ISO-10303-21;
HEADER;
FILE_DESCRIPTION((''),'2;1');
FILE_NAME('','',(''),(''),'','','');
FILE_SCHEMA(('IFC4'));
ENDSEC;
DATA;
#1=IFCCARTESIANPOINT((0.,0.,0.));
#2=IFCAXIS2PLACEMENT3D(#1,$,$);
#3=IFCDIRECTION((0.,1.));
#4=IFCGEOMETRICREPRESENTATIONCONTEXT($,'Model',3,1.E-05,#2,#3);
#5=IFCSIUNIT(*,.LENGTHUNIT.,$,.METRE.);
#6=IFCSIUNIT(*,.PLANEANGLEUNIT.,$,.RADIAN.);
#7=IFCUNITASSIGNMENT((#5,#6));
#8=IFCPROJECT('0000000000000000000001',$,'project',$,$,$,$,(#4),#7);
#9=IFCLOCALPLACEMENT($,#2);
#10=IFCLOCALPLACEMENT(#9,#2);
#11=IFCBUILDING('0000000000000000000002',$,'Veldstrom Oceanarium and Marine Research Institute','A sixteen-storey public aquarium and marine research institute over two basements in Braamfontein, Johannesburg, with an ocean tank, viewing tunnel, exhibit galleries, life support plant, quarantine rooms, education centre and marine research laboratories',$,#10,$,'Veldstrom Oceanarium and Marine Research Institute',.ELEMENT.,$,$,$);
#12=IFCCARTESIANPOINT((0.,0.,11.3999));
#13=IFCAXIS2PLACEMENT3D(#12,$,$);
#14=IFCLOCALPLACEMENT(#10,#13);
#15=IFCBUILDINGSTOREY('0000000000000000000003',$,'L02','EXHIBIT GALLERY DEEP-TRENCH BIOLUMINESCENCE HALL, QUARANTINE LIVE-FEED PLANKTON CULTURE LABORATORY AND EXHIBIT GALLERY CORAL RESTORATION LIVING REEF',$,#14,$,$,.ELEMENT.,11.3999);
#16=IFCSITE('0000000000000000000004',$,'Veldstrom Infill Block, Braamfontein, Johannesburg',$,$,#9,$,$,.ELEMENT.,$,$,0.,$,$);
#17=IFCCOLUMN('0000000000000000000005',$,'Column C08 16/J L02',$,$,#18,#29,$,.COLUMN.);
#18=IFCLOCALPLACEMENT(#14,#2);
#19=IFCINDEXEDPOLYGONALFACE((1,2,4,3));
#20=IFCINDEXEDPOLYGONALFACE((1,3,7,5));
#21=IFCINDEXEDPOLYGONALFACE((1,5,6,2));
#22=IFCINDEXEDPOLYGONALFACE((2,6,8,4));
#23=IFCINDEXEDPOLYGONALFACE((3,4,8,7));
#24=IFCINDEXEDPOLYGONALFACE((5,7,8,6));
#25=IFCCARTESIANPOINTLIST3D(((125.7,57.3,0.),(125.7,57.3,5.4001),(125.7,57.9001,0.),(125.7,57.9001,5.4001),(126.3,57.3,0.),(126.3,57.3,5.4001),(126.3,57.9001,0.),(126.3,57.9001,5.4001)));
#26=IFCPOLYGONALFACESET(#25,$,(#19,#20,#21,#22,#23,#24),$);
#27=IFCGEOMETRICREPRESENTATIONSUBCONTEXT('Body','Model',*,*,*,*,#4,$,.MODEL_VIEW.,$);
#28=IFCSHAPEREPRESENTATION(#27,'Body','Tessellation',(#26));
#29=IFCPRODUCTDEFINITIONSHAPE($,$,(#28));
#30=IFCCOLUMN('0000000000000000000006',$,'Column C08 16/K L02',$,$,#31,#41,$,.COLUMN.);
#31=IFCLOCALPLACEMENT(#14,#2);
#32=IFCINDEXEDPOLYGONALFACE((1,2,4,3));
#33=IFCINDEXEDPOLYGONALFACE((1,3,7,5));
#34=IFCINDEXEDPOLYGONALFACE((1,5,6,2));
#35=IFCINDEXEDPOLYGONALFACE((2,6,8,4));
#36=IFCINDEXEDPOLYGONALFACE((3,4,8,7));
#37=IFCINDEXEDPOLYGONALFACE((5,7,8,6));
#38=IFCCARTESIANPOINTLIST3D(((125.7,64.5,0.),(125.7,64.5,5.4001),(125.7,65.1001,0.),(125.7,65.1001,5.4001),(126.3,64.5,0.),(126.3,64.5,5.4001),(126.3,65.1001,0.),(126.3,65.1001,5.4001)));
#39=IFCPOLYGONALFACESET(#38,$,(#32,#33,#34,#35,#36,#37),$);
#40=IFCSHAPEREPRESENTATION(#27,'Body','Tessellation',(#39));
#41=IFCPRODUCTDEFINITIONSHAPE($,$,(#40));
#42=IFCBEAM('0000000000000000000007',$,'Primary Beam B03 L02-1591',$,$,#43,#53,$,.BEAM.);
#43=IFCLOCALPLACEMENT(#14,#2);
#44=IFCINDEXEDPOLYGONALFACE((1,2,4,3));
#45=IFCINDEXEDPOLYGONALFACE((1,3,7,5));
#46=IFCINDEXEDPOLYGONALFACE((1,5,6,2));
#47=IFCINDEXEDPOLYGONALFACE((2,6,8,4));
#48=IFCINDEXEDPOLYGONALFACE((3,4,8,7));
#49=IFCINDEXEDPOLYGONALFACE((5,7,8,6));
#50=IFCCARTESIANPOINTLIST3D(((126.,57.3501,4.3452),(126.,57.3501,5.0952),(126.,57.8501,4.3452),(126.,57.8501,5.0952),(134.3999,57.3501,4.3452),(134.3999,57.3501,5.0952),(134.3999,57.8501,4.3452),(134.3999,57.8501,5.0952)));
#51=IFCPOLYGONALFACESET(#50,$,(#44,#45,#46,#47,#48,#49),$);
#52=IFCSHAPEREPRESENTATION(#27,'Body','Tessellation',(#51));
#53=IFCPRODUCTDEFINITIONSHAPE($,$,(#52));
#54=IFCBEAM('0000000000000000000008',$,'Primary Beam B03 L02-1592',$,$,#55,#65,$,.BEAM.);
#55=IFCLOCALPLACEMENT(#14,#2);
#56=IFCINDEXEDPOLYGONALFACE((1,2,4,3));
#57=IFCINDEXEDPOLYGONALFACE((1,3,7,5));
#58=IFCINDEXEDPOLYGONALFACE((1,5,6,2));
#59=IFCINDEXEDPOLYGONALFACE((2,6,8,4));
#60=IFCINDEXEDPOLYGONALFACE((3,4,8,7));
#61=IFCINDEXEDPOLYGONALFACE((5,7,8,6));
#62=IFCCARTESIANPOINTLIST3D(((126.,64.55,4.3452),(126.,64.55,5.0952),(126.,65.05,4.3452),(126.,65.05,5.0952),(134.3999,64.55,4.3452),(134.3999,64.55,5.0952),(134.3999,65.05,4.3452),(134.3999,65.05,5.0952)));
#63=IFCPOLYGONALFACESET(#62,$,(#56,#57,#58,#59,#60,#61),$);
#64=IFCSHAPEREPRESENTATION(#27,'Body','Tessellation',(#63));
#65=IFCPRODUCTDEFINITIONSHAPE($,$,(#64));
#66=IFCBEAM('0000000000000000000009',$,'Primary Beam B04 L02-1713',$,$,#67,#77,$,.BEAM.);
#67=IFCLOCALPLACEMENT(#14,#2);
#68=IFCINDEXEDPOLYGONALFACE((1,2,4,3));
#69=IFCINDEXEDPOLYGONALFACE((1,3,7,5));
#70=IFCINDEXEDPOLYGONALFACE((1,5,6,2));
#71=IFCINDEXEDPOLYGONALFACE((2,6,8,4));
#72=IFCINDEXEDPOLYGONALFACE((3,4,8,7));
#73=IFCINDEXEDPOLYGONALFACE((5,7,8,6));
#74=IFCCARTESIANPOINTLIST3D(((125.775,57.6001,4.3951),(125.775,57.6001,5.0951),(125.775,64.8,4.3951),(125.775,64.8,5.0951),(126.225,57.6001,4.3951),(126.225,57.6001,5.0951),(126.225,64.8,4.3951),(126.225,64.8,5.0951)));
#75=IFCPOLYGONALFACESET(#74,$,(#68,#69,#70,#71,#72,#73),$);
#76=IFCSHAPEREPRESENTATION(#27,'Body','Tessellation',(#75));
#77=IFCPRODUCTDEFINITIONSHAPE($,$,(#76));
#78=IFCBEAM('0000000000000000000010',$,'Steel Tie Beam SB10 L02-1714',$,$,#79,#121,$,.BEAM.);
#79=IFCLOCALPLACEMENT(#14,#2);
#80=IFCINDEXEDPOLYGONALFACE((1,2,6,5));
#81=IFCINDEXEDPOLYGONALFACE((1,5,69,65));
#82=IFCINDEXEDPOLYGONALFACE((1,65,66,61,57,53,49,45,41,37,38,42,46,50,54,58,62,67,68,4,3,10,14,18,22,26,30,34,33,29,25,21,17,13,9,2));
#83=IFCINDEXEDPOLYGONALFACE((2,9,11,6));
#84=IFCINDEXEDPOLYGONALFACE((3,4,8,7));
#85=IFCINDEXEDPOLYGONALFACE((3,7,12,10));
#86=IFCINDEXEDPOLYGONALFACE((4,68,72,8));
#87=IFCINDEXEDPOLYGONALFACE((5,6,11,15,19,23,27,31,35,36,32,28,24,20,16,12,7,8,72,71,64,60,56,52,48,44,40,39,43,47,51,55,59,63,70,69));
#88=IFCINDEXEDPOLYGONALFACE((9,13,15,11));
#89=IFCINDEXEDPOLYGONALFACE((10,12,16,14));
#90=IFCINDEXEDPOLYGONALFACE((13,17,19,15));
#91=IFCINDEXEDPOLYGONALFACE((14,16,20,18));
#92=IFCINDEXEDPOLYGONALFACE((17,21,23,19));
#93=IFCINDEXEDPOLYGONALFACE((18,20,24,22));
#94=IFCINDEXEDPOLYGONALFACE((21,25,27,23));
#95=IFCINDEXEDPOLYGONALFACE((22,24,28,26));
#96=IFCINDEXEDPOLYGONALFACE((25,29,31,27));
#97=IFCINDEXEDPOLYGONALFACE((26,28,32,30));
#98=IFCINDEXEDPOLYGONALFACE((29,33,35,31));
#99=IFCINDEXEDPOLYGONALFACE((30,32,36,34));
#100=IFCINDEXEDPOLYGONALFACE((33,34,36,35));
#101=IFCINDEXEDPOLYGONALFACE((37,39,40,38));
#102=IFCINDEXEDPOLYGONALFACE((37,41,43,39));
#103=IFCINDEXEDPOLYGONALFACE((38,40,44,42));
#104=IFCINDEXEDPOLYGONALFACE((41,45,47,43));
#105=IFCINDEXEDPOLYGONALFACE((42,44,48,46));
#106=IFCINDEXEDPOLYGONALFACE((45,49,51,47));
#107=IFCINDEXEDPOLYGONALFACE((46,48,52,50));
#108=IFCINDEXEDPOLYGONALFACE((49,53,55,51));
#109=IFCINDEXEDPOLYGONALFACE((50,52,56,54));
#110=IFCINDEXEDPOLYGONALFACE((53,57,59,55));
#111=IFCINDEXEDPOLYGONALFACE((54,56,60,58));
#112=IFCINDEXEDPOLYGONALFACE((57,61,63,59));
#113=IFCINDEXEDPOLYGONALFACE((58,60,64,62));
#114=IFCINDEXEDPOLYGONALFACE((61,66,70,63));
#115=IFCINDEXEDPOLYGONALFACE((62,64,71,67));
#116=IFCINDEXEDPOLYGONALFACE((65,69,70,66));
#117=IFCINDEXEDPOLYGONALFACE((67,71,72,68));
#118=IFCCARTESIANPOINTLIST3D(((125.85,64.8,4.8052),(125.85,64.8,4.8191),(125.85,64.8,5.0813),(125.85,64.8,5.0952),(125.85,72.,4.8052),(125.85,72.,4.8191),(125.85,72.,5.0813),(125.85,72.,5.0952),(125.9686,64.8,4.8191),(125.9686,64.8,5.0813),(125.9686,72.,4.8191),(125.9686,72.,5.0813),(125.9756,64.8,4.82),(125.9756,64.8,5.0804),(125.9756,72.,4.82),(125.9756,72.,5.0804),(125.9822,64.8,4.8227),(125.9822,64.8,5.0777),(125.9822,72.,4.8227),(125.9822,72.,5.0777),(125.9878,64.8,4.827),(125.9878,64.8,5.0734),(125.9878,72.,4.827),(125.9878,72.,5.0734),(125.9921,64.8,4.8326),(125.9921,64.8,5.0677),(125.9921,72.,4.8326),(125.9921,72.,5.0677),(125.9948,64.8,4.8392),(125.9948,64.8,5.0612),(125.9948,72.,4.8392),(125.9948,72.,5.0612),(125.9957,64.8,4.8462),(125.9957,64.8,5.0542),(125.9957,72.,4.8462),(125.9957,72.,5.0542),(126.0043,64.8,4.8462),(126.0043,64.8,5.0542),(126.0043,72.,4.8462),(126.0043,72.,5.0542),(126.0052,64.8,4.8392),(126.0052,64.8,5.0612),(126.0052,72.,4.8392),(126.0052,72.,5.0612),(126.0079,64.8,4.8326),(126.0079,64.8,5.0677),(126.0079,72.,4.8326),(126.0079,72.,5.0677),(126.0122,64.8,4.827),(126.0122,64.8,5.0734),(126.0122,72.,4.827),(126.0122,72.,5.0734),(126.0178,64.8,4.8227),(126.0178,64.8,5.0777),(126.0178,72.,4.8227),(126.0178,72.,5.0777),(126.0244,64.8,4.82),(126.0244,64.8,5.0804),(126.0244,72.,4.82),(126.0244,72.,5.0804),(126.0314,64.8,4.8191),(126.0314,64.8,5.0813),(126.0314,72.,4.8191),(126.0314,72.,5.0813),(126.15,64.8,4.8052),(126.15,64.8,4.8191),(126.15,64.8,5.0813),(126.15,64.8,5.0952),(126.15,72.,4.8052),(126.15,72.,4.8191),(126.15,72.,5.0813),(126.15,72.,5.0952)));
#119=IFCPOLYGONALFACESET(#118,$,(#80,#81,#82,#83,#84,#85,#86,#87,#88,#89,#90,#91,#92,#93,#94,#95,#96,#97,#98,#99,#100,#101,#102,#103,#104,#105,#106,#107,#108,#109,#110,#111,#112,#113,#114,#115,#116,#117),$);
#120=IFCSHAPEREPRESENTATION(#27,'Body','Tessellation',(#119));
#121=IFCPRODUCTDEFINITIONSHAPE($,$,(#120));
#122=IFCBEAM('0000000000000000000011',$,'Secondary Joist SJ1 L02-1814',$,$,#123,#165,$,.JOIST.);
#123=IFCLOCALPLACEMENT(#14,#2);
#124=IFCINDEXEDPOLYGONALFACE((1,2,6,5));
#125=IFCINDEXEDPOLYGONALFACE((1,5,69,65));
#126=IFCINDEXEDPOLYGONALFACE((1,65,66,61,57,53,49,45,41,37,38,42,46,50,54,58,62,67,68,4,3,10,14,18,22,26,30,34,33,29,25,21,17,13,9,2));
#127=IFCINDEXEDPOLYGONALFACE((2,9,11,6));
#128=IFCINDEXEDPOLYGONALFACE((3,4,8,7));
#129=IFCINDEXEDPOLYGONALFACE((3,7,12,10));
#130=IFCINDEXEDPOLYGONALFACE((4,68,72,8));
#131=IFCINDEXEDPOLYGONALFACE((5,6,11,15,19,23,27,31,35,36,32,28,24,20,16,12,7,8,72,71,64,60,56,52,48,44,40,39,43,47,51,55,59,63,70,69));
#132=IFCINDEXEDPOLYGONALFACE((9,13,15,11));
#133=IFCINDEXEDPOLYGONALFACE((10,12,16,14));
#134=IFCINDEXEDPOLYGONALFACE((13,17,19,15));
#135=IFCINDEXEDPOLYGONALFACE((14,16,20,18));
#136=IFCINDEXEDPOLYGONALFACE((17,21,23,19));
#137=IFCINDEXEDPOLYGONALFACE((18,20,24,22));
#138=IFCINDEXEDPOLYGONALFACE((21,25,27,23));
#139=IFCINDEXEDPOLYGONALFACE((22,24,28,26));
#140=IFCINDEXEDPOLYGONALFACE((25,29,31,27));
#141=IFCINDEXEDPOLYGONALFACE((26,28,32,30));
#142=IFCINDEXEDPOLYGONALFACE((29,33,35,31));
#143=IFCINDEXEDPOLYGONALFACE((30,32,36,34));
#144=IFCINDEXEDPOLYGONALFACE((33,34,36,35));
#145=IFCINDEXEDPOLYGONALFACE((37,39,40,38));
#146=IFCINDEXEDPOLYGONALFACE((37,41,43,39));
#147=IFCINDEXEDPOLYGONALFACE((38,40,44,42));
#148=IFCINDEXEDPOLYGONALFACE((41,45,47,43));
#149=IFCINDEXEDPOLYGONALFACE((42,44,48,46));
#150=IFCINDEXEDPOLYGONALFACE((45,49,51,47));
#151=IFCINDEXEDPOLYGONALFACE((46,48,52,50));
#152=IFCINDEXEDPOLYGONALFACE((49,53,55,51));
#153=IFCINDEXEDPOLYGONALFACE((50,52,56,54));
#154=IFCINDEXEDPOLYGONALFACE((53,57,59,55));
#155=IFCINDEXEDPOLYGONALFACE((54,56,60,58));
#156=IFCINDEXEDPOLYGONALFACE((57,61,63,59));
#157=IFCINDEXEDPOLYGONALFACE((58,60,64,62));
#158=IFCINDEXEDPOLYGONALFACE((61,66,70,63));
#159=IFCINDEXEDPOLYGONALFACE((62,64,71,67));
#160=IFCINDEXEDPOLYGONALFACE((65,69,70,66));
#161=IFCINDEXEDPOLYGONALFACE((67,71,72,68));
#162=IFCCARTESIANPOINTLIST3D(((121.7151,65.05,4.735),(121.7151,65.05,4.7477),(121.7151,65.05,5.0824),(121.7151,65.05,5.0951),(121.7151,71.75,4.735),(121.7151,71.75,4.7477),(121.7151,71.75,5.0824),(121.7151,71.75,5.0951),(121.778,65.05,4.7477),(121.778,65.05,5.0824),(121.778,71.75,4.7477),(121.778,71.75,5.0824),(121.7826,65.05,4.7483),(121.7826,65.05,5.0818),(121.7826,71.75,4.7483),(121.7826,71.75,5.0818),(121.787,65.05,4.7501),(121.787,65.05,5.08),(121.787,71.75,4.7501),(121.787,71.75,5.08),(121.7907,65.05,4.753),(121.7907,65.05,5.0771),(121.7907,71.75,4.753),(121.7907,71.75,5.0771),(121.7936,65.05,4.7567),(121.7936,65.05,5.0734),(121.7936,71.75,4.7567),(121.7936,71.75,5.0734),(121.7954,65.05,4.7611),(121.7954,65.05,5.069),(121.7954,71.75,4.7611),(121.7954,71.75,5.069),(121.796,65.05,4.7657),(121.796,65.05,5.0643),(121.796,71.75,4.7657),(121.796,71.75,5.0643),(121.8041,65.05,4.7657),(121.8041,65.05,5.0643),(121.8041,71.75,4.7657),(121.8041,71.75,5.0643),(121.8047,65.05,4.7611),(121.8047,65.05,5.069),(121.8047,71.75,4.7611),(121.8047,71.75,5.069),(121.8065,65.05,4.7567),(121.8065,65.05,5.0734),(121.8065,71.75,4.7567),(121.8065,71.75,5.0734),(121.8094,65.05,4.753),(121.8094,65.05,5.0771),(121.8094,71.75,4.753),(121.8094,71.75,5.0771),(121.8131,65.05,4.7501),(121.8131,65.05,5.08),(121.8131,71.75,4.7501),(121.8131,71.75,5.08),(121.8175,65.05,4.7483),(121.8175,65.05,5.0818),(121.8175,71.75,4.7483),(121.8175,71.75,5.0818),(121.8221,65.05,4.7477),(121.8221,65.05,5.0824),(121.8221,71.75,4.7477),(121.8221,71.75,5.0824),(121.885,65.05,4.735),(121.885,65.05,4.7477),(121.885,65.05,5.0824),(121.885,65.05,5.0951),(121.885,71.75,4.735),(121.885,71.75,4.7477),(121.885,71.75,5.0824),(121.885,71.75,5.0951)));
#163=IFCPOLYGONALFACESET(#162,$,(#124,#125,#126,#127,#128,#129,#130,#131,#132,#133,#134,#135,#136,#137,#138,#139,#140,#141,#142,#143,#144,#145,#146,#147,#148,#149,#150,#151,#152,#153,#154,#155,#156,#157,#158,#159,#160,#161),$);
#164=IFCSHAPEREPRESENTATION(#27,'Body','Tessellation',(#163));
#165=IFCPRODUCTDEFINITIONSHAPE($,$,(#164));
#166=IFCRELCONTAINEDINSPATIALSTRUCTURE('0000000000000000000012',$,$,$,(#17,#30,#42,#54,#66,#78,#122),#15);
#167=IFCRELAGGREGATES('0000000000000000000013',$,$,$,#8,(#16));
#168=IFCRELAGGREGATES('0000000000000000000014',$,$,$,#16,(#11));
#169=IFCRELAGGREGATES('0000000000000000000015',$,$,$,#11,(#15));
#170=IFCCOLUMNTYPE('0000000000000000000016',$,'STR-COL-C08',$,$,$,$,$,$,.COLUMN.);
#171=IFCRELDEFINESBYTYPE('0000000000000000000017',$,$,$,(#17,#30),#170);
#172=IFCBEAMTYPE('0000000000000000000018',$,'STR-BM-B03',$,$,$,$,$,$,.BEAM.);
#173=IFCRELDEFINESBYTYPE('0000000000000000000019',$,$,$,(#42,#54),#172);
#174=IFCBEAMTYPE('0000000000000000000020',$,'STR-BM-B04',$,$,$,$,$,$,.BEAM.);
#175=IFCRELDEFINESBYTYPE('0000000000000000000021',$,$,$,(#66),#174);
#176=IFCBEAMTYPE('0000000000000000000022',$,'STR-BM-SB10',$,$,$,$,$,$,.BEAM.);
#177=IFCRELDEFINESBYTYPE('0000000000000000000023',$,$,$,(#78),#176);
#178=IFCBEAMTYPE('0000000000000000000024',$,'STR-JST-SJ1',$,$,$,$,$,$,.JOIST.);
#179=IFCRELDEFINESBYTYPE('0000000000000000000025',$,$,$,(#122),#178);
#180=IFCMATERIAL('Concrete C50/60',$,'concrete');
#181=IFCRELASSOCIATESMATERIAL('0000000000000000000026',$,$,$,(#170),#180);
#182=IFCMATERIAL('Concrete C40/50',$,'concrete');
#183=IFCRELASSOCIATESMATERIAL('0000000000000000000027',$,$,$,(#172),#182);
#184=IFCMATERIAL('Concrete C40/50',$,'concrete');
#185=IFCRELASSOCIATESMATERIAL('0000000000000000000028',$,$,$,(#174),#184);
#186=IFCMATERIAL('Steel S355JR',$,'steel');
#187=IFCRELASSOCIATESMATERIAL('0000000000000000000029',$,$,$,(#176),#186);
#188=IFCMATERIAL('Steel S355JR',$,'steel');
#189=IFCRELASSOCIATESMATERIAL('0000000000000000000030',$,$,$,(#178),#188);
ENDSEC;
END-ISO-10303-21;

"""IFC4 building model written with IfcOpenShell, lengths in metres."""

from ifc_helpers import new_model, si_unit, direction, frame, origin, origin_2d, place, context, subcontext, project, spatial, rectangle, i_section, extrude, material, material_profile, profile_set, type_object, element, save


model = new_model("IFC4")

# Units and contexts
model_context = context("Model", 3, precision=1e-05, world=origin(), true_north=direction((0.0, 1.0)))
body_context = subcontext(model_context, "Body", "Model", "MODEL_VIEW")
ifc_project = project(units=[si_unit("LENGTHUNIT", "METRE"), si_unit("PLANEANGLEUNIT", "RADIAN")], contexts=[model_context])

# Site, building, storey
site_placement = place(None, origin())
site = spatial("IfcSite", under=ifc_project, at=site_placement, Name="Veldstrom Infill Block, Braamfontein, Johannesburg", CompositionType="ELEMENT", RefElevation=0.0)
building_placement = place(site_placement, origin())
building = spatial("IfcBuilding", under=site, at=building_placement, Name="Veldstrom Oceanarium and Marine Research Institute", Description="A sixteen-storey public aquarium and marine research institute over two basements in Braamfontein, Johannesburg, with an ocean tank, viewing tunnel, exhibit galleries, life support plant, quarantine rooms, education centre and marine research laboratories", LongName="Veldstrom Oceanarium and Marine Research Institute", CompositionType="ELEMENT")
storey_placement = place(building_placement, frame((0.0, 0.0, 11.3999)))
storey = spatial("IfcBuildingStorey", under=building, at=storey_placement, Name="L02", Description="EXHIBIT GALLERY DEEP-TRENCH BIOLUMINESCENCE HALL, QUARANTINE LIVE-FEED PLANKTON CULTURE LABORATORY AND EXHIBIT GALLERY CORAL RESTORATION LIVING REEF", CompositionType="ELEMENT", Elevation=11.3999)

# Columns
ifc_material_1 = material(Name="Concrete C50/60", Category="concrete")
ifc_material_profile_1 = material_profile(ifc_material_1, rectangle(XDim=0.6001, YDim=0.6001, at=origin_2d()), Name="RC-COL-600x600")
ifc_profile_set_1 = profile_set([ifc_material_profile_1], Name="Concrete C50/60")
column_type = type_object("IfcColumnType", Name="STR-COL-C08", PredefinedType="COLUMN", material=ifc_profile_set_1)
for number, where, z_axis, x_axis, name in (
    (1, (126.0, 57.6001, 0.0), (0.0, 0.0, 1.0), (1.0, 0.0, 0.0), "Column C08 16/J L02"),
    (2, (126.0, 64.8, 0.0), (0.0, 0.0, 1.0), (1.0, 0.0, 0.0), "Column C08 16/K L02"),
):
    element("IfcColumn", number, at=place(storey_placement, frame(where, z_axis=z_axis, x_axis=x_axis)), inside=storey, type_object=column_type, Name=name, PredefinedType="COLUMN", context=body_context, shape_type="SweptSolid", body=[
        extrude(rectangle(XDim=0.6001, YDim=0.6001, at=origin_2d()), origin(), (0.0, 0.0, 1.0), 5.4001),
    ])

# Beams
ifc_material_2 = material(Name="Concrete C40/50", Category="concrete")
ifc_material_profile_2 = material_profile(ifc_material_2, rectangle(XDim=0.5, YDim=0.75, at=origin_2d()), Name="RC-BM-500x750")
ifc_profile_set_2 = profile_set([ifc_material_profile_2], Name="Concrete C40/50")
beam_type_1 = type_object("IfcBeamType", Name="STR-BM-B03", PredefinedType="BEAM", material=ifc_profile_set_2)
for number, where, z_axis, x_axis, name in (
    (3, (126.0, 57.6001, 4.7202), (1.0, 0.0, 0.0), (0.0, 1.0, 0.0), "Primary Beam B03 L02-1591"),
    (4, (126.0, 64.8, 4.7202), (1.0, 0.0, 0.0), (0.0, 1.0, 0.0), "Primary Beam B03 L02-1592"),
):
    element("IfcBeam", number, at=place(storey_placement, frame(where, z_axis=z_axis, x_axis=x_axis)), inside=storey, type_object=beam_type_1, Name=name, PredefinedType="BEAM", context=body_context, shape_type="SweptSolid", body=[
        extrude(rectangle(XDim=0.5, YDim=0.75, at=origin_2d()), origin(), (0.0, 0.0, 1.0), 8.3999),
    ])
ifc_material_3 = material(Name="Concrete C40/50", Category="concrete")
ifc_material_profile_3 = material_profile(ifc_material_3, rectangle(XDim=0.45, YDim=0.7, at=origin_2d()), Name="RC-BM-450x700")
ifc_profile_set_3 = profile_set([ifc_material_profile_3], Name="Concrete C40/50")
beam_type_2 = type_object("IfcBeamType", Name="STR-BM-B04", PredefinedType="BEAM", material=ifc_profile_set_3)
beam_1_placement = place(storey_placement, frame((126.0, 57.6001, 4.7451), z_axis=(0.0, 1.0, 0.0), x_axis=(-1.0, 0.0, 0.0)))
element("IfcBeam", 5, at=beam_1_placement, inside=storey, type_object=beam_type_2, Name="Primary Beam B04 L02-1713", PredefinedType="BEAM", context=body_context, shape_type="SweptSolid", body=[
    extrude(rectangle(XDim=0.45, YDim=0.7, at=origin_2d()), origin(), (0.0, 0.0, 1.0), 7.2),
])
ifc_material_4 = material(Name="Steel S355JR", Category="steel")
ifc_material_profile_4 = material_profile(ifc_material_4, i_section(OverallWidth=0.3, OverallDepth=0.29, WebThickness=0.0085, FlangeThickness=0.0139, FilletRadius=0.0271, at=origin_2d()), Name="HEA 300")
ifc_profile_set_4 = profile_set([ifc_material_profile_4], Name="Steel S355JR")
beam_type_3 = type_object("IfcBeamType", Name="STR-BM-SB10", PredefinedType="BEAM", material=ifc_profile_set_4)
beam_2_placement = place(storey_placement, frame((126.0, 64.8, 4.9502), z_axis=(0.0, 1.0, 0.0), x_axis=(-1.0, 0.0, 0.0)))
element("IfcBeam", 6, at=beam_2_placement, inside=storey, type_object=beam_type_3, Name="Steel Tie Beam SB10 L02-1714", PredefinedType="BEAM", context=body_context, shape_type="SweptSolid", body=[
    extrude(i_section(OverallWidth=0.3, OverallDepth=0.29, WebThickness=0.0085, FlangeThickness=0.0139, FilletRadius=0.0271, at=origin_2d()), origin(), (0.0, 0.0, 1.0), 7.2),
])
ifc_material_5 = material(Name="Steel S355JR", Category="steel")
ifc_material_profile_5 = material_profile(ifc_material_5, i_section(OverallWidth=0.1699, OverallDepth=0.3601, WebThickness=0.0081, FlangeThickness=0.0127, FilletRadius=0.0181, at=origin_2d()), Name="IPE 360")
ifc_profile_set_5 = profile_set([ifc_material_profile_5], Name="Steel S355JR")
beam_type_4 = type_object("IfcBeamType", Name="STR-JST-SJ1", PredefinedType="JOIST", material=ifc_profile_set_5)
beam_3_placement = place(storey_placement, frame((121.8, 65.05, 4.915), z_axis=(0.0, 1.0, 0.0), x_axis=(-1.0, 0.0, 0.0)))
element("IfcBeam", 7, at=beam_3_placement, inside=storey, type_object=beam_type_4, Name="Secondary Joist SJ1 L02-1814", PredefinedType="JOIST", context=body_context, shape_type="SweptSolid", body=[
    extrude(i_section(OverallWidth=0.1699, OverallDepth=0.3601, WebThickness=0.0081, FlangeThickness=0.0127, FilletRadius=0.0181, at=origin_2d()), origin(), (0.0, 0.0, 1.0), 6.7),
])

save(model, "model.ifc")
